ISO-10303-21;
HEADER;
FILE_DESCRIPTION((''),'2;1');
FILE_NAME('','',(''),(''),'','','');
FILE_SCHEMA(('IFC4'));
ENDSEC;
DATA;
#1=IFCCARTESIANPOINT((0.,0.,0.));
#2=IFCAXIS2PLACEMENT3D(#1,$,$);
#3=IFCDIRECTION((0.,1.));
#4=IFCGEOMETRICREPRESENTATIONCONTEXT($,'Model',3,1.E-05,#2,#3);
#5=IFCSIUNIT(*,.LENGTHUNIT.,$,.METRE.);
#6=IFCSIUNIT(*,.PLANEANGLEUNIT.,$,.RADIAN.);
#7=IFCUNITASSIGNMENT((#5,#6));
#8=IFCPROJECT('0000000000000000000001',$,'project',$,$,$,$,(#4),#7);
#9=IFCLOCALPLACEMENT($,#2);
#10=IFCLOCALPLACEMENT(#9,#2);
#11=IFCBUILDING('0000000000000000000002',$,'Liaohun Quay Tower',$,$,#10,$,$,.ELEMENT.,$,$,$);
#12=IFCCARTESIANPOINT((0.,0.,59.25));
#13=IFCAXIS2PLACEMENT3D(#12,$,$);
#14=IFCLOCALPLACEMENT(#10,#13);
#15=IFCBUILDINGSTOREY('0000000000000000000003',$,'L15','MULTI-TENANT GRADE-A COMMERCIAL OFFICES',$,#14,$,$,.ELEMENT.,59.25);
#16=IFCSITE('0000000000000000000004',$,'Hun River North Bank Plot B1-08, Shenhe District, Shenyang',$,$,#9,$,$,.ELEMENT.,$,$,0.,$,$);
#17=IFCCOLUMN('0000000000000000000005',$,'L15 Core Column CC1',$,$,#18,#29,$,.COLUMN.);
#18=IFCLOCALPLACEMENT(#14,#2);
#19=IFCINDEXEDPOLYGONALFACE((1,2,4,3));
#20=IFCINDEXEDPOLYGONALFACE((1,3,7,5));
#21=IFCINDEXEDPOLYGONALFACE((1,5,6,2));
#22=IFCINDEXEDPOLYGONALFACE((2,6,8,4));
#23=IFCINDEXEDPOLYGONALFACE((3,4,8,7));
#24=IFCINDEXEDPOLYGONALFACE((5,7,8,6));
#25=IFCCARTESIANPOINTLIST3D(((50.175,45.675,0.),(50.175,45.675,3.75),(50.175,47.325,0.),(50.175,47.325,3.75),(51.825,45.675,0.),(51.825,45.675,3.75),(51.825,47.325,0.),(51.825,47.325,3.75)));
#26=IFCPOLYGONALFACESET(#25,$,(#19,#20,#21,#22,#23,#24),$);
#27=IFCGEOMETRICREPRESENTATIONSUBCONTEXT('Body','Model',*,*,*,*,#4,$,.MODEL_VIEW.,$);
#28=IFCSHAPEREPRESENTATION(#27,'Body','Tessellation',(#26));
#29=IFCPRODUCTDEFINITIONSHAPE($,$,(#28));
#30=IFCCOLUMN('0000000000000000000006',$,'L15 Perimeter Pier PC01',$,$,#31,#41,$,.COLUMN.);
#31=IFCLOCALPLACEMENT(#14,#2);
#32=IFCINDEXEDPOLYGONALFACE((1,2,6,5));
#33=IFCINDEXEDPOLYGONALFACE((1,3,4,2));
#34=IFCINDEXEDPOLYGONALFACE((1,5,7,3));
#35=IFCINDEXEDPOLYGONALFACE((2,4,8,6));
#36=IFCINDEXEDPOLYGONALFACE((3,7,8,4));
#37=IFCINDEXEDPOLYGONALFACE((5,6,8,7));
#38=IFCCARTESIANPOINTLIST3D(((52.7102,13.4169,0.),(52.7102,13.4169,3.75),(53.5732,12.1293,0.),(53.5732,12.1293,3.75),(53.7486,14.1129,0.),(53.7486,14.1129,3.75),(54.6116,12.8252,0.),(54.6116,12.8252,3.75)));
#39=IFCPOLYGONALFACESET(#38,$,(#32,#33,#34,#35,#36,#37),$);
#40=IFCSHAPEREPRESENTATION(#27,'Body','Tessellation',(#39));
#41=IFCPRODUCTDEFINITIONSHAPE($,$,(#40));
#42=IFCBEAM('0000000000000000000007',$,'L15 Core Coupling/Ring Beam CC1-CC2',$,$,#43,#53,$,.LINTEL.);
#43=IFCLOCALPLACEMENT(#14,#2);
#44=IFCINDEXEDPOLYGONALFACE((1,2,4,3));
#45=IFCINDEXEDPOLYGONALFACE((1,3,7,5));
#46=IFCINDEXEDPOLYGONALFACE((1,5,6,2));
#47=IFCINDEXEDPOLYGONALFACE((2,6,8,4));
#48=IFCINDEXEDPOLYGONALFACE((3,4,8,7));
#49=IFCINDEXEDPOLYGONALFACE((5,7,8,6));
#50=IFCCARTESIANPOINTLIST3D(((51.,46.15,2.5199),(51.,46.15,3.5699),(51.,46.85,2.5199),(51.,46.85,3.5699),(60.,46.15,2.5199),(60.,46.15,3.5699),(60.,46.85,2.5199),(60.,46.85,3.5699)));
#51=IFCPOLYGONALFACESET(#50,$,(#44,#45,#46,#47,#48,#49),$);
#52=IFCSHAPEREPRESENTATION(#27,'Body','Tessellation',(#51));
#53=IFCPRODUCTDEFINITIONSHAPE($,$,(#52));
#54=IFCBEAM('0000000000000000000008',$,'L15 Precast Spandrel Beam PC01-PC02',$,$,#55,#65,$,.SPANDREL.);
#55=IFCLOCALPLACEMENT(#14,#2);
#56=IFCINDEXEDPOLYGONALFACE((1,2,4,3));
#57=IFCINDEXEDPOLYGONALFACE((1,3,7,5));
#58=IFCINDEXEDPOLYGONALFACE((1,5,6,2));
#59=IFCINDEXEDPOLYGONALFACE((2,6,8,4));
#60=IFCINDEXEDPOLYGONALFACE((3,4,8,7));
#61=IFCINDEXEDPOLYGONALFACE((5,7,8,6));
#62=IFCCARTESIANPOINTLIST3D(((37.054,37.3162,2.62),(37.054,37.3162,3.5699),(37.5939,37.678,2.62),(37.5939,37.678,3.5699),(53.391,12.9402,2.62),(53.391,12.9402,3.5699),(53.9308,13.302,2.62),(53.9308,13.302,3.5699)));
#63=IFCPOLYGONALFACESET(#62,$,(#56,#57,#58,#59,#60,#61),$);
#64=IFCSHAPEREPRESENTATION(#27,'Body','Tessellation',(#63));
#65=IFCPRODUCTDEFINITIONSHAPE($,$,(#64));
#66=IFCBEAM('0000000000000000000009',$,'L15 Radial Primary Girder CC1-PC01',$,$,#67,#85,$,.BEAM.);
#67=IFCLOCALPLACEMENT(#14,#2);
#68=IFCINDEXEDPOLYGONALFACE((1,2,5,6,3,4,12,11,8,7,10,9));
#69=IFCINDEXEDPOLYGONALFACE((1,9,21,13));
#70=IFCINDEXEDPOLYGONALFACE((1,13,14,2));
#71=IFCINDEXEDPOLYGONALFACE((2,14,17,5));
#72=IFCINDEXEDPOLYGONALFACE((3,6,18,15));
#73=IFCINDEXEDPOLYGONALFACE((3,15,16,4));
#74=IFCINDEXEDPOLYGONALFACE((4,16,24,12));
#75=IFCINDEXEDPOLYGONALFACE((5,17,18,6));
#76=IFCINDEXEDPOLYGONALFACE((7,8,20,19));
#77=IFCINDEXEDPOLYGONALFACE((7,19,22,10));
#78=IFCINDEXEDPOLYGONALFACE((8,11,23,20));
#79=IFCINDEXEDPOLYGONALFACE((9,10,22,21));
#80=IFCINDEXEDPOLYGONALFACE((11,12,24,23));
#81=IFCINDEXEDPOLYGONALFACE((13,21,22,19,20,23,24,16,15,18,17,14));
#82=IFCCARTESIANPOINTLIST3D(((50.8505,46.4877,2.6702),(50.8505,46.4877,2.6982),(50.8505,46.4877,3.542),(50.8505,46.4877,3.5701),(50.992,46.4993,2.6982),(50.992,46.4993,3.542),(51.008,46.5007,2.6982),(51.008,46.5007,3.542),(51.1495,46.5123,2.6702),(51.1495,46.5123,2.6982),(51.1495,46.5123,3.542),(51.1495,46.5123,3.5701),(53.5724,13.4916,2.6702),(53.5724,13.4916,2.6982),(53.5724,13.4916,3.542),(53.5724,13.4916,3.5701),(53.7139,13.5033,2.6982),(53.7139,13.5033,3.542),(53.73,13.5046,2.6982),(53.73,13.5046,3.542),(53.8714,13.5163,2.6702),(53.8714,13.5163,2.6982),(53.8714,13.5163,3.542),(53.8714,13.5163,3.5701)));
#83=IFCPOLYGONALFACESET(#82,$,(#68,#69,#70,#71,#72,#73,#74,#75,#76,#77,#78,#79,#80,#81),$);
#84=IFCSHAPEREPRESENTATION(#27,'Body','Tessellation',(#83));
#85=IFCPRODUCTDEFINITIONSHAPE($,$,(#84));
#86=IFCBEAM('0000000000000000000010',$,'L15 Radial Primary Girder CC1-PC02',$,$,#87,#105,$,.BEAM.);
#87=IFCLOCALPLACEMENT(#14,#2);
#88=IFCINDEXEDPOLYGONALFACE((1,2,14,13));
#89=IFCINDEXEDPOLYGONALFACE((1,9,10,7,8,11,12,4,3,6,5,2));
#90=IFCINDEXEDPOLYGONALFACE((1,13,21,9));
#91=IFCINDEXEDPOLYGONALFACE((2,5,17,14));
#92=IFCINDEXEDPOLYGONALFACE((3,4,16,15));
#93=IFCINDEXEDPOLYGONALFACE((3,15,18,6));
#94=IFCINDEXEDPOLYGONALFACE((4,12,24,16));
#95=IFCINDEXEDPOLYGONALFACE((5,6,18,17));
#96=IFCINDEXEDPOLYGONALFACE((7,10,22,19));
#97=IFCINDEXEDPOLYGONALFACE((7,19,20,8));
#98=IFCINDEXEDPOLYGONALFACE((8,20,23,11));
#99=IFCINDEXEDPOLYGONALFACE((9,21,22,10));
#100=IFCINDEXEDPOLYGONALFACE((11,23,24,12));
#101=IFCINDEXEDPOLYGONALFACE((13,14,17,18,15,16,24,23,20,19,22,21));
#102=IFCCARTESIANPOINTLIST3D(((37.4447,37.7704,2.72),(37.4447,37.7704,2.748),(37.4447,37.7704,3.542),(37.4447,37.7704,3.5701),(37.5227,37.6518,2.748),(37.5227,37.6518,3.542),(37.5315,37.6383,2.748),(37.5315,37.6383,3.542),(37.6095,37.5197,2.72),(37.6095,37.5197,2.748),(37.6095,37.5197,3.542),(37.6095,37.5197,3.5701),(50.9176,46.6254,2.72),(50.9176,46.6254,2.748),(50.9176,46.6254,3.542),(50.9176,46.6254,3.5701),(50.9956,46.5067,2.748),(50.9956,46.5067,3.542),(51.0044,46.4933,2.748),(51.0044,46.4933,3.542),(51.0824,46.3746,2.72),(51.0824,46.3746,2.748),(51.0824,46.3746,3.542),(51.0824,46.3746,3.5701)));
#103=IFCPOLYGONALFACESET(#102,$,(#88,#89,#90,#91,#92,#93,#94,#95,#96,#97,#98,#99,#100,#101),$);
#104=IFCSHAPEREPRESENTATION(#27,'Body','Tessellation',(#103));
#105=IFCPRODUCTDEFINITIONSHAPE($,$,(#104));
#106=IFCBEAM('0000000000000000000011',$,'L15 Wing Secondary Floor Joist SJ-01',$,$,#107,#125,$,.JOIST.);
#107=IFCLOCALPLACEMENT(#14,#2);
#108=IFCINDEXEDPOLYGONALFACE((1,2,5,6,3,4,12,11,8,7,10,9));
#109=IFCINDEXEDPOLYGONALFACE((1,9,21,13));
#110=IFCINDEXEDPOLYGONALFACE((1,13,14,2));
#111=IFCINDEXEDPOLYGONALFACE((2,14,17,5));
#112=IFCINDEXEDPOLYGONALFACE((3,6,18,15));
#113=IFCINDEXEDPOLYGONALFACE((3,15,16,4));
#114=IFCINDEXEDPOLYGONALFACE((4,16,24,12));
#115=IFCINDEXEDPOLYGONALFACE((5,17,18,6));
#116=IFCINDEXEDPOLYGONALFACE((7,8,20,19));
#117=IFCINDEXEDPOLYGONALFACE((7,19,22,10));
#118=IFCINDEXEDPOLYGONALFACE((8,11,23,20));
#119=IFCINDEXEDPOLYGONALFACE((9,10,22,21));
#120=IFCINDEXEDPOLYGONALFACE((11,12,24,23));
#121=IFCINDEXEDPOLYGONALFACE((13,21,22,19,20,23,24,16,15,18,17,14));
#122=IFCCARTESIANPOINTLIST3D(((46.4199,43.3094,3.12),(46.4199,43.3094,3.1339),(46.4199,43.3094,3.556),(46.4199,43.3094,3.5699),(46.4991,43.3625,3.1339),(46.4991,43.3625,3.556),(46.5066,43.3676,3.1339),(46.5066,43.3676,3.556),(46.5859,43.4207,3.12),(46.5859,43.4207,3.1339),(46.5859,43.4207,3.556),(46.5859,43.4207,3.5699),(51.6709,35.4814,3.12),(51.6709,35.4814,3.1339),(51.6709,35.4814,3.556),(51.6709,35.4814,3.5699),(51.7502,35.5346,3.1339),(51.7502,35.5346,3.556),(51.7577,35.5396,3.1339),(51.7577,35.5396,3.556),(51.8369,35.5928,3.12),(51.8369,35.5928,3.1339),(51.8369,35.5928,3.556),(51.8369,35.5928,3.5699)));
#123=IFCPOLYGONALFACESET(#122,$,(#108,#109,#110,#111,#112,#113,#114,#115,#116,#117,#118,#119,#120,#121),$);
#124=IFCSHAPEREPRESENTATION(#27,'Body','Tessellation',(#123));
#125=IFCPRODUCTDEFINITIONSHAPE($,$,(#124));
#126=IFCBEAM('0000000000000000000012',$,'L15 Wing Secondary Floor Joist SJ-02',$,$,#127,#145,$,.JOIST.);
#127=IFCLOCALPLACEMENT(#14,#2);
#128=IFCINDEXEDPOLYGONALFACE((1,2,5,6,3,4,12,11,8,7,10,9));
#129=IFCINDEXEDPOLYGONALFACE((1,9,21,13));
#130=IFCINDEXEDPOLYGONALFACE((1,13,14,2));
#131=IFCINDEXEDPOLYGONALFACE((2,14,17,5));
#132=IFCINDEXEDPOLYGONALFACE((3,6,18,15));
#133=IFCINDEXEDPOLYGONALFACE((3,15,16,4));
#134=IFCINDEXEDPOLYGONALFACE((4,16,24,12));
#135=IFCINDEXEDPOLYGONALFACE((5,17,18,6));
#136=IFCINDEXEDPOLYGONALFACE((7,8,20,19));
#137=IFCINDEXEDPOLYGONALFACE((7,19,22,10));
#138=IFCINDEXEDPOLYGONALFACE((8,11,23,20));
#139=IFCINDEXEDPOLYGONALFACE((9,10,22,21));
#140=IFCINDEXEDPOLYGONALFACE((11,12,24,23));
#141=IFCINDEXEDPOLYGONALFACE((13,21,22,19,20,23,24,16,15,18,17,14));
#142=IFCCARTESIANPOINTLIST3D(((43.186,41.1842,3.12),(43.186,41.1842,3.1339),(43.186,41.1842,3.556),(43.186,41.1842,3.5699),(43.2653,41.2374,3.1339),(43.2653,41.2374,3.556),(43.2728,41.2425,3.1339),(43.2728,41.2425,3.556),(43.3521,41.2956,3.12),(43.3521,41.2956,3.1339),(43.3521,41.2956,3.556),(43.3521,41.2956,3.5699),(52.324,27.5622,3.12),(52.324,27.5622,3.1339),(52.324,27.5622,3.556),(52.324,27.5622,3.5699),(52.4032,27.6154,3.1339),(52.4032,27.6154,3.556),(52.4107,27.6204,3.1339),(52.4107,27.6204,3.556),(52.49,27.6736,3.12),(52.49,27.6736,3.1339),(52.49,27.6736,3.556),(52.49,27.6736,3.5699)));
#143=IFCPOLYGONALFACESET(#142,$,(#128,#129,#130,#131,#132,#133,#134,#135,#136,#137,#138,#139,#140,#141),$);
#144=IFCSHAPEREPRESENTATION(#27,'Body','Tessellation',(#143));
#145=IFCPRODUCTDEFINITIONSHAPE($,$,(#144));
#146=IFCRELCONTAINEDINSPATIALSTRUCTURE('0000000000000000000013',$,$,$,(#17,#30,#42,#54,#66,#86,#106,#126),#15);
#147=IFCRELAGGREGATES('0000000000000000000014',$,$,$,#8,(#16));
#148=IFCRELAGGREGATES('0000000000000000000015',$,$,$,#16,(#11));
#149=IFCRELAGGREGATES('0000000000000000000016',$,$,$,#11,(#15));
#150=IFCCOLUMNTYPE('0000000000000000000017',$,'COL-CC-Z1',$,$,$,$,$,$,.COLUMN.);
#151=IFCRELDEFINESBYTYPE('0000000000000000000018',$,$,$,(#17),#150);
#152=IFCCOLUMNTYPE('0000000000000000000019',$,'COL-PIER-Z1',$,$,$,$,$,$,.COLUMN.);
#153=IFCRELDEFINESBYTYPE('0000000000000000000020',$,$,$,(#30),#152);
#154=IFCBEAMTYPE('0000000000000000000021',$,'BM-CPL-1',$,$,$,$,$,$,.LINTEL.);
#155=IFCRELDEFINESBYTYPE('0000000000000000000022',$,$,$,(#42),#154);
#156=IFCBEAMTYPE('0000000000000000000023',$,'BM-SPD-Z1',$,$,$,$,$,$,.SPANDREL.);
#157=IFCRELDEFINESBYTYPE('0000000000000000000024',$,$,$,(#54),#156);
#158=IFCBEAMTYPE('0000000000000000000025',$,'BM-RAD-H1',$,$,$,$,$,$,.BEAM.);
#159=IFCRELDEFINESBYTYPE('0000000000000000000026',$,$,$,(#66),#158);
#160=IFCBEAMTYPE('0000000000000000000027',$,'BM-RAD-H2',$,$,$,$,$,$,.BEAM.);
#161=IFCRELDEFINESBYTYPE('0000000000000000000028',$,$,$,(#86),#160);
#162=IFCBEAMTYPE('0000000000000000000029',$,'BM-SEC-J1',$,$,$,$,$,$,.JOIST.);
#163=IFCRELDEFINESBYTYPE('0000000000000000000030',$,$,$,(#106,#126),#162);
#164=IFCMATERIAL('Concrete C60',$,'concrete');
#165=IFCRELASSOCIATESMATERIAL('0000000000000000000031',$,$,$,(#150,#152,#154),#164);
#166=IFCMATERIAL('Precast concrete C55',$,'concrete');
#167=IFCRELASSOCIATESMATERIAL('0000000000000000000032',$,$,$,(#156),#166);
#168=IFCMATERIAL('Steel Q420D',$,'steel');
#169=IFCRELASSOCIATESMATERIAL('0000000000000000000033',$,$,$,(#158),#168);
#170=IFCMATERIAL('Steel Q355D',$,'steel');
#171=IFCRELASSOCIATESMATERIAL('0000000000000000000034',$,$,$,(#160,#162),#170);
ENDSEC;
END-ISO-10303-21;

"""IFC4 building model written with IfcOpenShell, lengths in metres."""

from ifc_helpers import new_model, si_unit, direction, frame, origin, origin_2d, place, context, subcontext, project, spatial, rectangle, i_section, extrude, source, transform, mapped, material, material_profile, profile_set, type_object, element, save


model = new_model("IFC4")

# Units and contexts
model_context = context("Model", 3, precision=1e-05, world=origin(), true_north=direction((0.0, 1.0)))
body_context = subcontext(model_context, "Body", "Model", "MODEL_VIEW")
ifc_project = project(units=[si_unit("LENGTHUNIT", "METRE"), si_unit("PLANEANGLEUNIT", "RADIAN")], contexts=[model_context])

# Site, building, storey
site_placement = place(None, origin())
site = spatial("IfcSite", under=ifc_project, at=site_placement, Name="Hun River North Bank Plot B1-08, Shenhe District, Shenyang", CompositionType="ELEMENT", RefElevation=0.0)
building_placement = place(site_placement, origin())
building = spatial("IfcBuilding", under=site, at=building_placement, Name="Liaohun Quay Tower", CompositionType="ELEMENT")
storey_placement = place(building_placement, frame((0.0, 0.0, 59.25)))
storey = spatial("IfcBuildingStorey", under=building, at=storey_placement, Name="L15", Description="MULTI-TENANT GRADE-A COMMERCIAL OFFICES", CompositionType="ELEMENT", Elevation=59.25)

# Columns
ifc_material_1 = material(Name="Concrete C60", Category="concrete")
ifc_material_profile_1 = material_profile(ifc_material_1, rectangle(XDim=1.6499, YDim=1.6499, at=origin_2d()), Name="RC1650x1650")
ifc_profile_set_1 = profile_set([ifc_material_profile_1], Name="Concrete C60")
column_type_1 = type_object("IfcColumnType", Name="COL-CC-Z1", PredefinedType="COLUMN", material=ifc_profile_set_1)
shared_shape_1 = source(origin(), body_context, "Body", "SweptSolid", [
    extrude(rectangle(XDim=1.6499, YDim=1.6499, at=origin_2d()), origin(), (0.0, 0.0, 1.0), 3.75),
])
column_1_placement = place(storey_placement, frame((51.0, 46.5, 0.0), z_axis=(0.0, 0.0, 1.0), x_axis=(1.0, 0.0, 0.0)))
element("IfcColumn", 1, at=column_1_placement, inside=storey, type_object=column_type_1, Name="L15 Core Column CC1", PredefinedType="COLUMN", context=body_context, shape_type="MappedRepresentation", body=[
    mapped(shared_shape_1, transform((0.0, 0.0, 0.0), x_axis=(1.0, 0.0, 0.0), y_axis=(0.0, 1.0, 0.0), z_axis=(0.0, 0.0, 1.0), scale=1.0)),
])
ifc_material_profile_2 = material_profile(ifc_material_1, rectangle(XDim=1.55, YDim=1.25, at=origin_2d()), Name="RC1550x1250")
ifc_profile_set_2 = profile_set([ifc_material_profile_2], Name="Concrete C60")
column_type_2 = type_object("IfcColumnType", Name="COL-PIER-Z1", PredefinedType="COLUMN", material=ifc_profile_set_2)
shared_shape_2 = source(origin(), body_context, "Body", "SweptSolid", [
    extrude(rectangle(XDim=1.55, YDim=1.25, at=origin_2d()), origin(), (0.0, 0.0, 1.0), 3.75),
])
column_2_placement = place(storey_placement, frame((53.6609, 13.1211, 0.0), z_axis=(0.0, 0.0, 1.0), x_axis=(-0.556731, 0.830693, 0.0)))
element("IfcColumn", 2, at=column_2_placement, inside=storey, type_object=column_type_2, Name="L15 Perimeter Pier PC01", PredefinedType="COLUMN", context=body_context, shape_type="MappedRepresentation", body=[
    mapped(shared_shape_2, transform((0.0, 0.0, 0.0), x_axis=(1.0, 0.0, 0.0), y_axis=(0.0, 1.0, 0.0), z_axis=(0.0, 0.0, 1.0), scale=1.0)),
])

# Beams
ifc_material_profile_3 = material_profile(ifc_material_1, rectangle(XDim=0.7, YDim=1.05, at=origin_2d()), Name="RC700x1050")
ifc_profile_set_3 = profile_set([ifc_material_profile_3], Name="Concrete C60")
beam_type_1 = type_object("IfcBeamType", Name="BM-CPL-1", PredefinedType="LINTEL", material=ifc_profile_set_3)
shared_shape_3 = source(origin(), body_context, "Body", "SweptSolid", [
    extrude(rectangle(XDim=0.7, YDim=1.05, at=origin_2d()), origin(), (0.0, 0.0, 1.0), 9.0),
])
beam_1_placement = place(storey_placement, frame((51.0, 46.5, 3.0449), z_axis=(1.0, 0.0, 0.0), x_axis=(0.0, 1.0, 0.0)))
element("IfcBeam", 3, at=beam_1_placement, inside=storey, type_object=beam_type_1, Name="L15 Core Coupling/Ring Beam CC1-CC2", PredefinedType="LINTEL", context=body_context, shape_type="MappedRepresentation", body=[
    mapped(shared_shape_3, transform((0.0, 0.0, 0.0), x_axis=(1.0, 0.0, 0.0), y_axis=(0.0, 1.0, 0.0), z_axis=(0.0, 0.0, 1.0), scale=1.0)),
])
ifc_material_2 = material(Name="Precast concrete C55", Category="concrete")
ifc_material_profile_4 = material_profile(ifc_material_2, rectangle(XDim=0.6499, YDim=0.95, at=origin_2d()), Name="RC650x950")
ifc_profile_set_4 = profile_set([ifc_material_profile_4], Name="Precast concrete C55")
beam_type_2 = type_object("IfcBeamType", Name="BM-SPD-Z1", PredefinedType="SPANDREL", material=ifc_profile_set_4)
shared_shape_4 = source(origin(), body_context, "Body", "SweptSolid", [
    extrude(rectangle(XDim=0.6499, YDim=0.95, at=origin_2d()), origin(), (0.0, 0.0, 1.0), 29.3442),
])
beam_2_placement = place(storey_placement, frame((53.6609, 13.1211, 3.095), z_axis=(-0.556734, 0.830691, 0.0), x_axis=(-0.830691, -0.556734, 0.0)))
element("IfcBeam", 4, at=beam_2_placement, inside=storey, type_object=beam_type_2, Name="L15 Precast Spandrel Beam PC01-PC02", PredefinedType="SPANDREL", context=body_context, shape_type="MappedRepresentation", body=[
    mapped(shared_shape_4, transform((0.0, 0.0, 0.0), x_axis=(1.0, 0.0, 0.0), y_axis=(0.0, 1.0, 0.0), z_axis=(0.0, 0.0, 1.0), scale=1.0)),
])
ifc_material_3 = material(Name="Steel Q420D", Category="steel")
ifc_material_profile_5 = material_profile(ifc_material_3, i_section(OverallWidth=0.3, OverallDepth=0.8999, WebThickness=0.0161, FlangeThickness=0.0281, at=origin_2d()), Name="HN900x300x16x28")
ifc_profile_set_5 = profile_set([ifc_material_profile_5], Name="Steel Q420D")
beam_type_3 = type_object("IfcBeamType", Name="BM-RAD-H1", PredefinedType="BEAM", material=ifc_profile_set_5)
shared_shape_5 = source(origin(), body_context, "Body", "SweptSolid", [
    extrude(i_section(OverallWidth=0.3, OverallDepth=0.8999, WebThickness=0.0161, FlangeThickness=0.0281, at=origin_2d()), origin(), (0.0, 0.0, 1.0), 33.1082),
])
beam_3_placement = place(storey_placement, frame((51.0, 46.5, 3.1201), z_axis=(0.082213, -0.996615, 0.0), x_axis=(0.996615, 0.082213, 0.0)))
element("IfcBeam", 5, at=beam_3_placement, inside=storey, type_object=beam_type_3, Name="L15 Radial Primary Girder CC1-PC01", PredefinedType="BEAM", context=body_context, shape_type="MappedRepresentation", body=[
    mapped(shared_shape_5, transform((0.0, 0.0, 0.0), x_axis=(1.0, 0.0, 0.0), y_axis=(0.0, 1.0, 0.0), z_axis=(0.0, 0.0, 1.0), scale=1.0)),
])
ifc_material_4 = material(Name="Steel Q355D", Category="steel")
ifc_material_profile_6 = material_profile(ifc_material_4, i_section(OverallWidth=0.3, OverallDepth=0.8501, WebThickness=0.0161, FlangeThickness=0.0281, at=origin_2d()), Name="HN850x300x16x28")
ifc_profile_set_6 = profile_set([ifc_material_profile_6], Name="Steel Q355D")
beam_type_4 = type_object("IfcBeamType", Name="BM-RAD-H2", PredefinedType="BEAM", material=ifc_profile_set_6)
shared_shape_6 = source(origin(), body_context, "Body", "SweptSolid", [
    extrude(i_section(OverallWidth=0.3, OverallDepth=0.8501, WebThickness=0.0161, FlangeThickness=0.0281, at=origin_2d()), origin(), (0.0, 0.0, 1.0), 16.1223),
])
beam_4_placement = place(storey_placement, frame((51.0, 46.5, 3.145), z_axis=(-0.835667, -0.549237, 0.0), x_axis=(0.549237, -0.835667, 0.0)))
element("IfcBeam", 6, at=beam_4_placement, inside=storey, type_object=beam_type_4, Name="L15 Radial Primary Girder CC1-PC02", PredefinedType="BEAM", context=body_context, shape_type="MappedRepresentation", body=[
    mapped(shared_shape_6, transform((0.0, 0.0, 0.0), x_axis=(1.0, 0.0, 0.0), y_axis=(0.0, 1.0, 0.0), z_axis=(0.0, 0.0, 1.0), scale=1.0)),
])
ifc_material_profile_7 = material_profile(ifc_material_4, i_section(OverallWidth=0.2, OverallDepth=0.45, WebThickness=0.009, FlangeThickness=0.0139, at=origin_2d()), Name="HN450x200x9x14")
ifc_profile_set_7 = profile_set([ifc_material_profile_7], Name="Steel Q355D")
beam_type_5 = type_object("IfcBeamType", Name="BM-SEC-J1", PredefinedType="JOIST", material=ifc_profile_set_7)
shared_shape_7 = source(origin(), body_context, "Body", "SweptSolid", [
    extrude(i_section(OverallWidth=0.2, OverallDepth=0.45, WebThickness=0.009, FlangeThickness=0.0139, at=origin_2d()), origin(), (0.0, 0.0, 1.0), 9.426),
])
beam_5_placement = place(storey_placement, frame((51.7539, 35.5371, 3.345), z_axis=(-0.557077, 0.830461, 0.0), x_axis=(-0.830461, -0.557077, 0.0)))
element("IfcBeam", 7, at=beam_5_placement, inside=storey, type_object=beam_type_5, Name="L15 Wing Secondary Floor Joist SJ-01", PredefinedType="JOIST", context=body_context, shape_type="MappedRepresentation", body=[
    mapped(shared_shape_7, transform((0.0, 0.0, 0.0), x_axis=(1.0, 0.0, 0.0), y_axis=(0.0, 1.0, 0.0), z_axis=(0.0, 0.0, 1.0), scale=1.0)),
])
shared_shape_8 = source(origin(), body_context, "Body", "SweptSolid", [
    extrude(i_section(OverallWidth=0.2, OverallDepth=0.45, WebThickness=0.009, FlangeThickness=0.0139, at=origin_2d()), origin(), (0.0, 0.0, 1.0), 16.4031),
])
beam_6_placement = place(storey_placement, frame((52.407, 27.6179, 3.345), z_axis=(-0.557085, 0.830455, 0.0), x_axis=(-0.830455, -0.557085, 0.0)))
element("IfcBeam", 8, at=beam_6_placement, inside=storey, type_object=beam_type_5, Name="L15 Wing Secondary Floor Joist SJ-02", PredefinedType="JOIST", context=body_context, shape_type="MappedRepresentation", body=[
    mapped(shared_shape_8, transform((0.0, 0.0, 0.0), x_axis=(1.0, 0.0, 0.0), y_axis=(0.0, 1.0, 0.0), z_axis=(0.0, 0.0, 1.0), scale=1.0)),
])

save(model, "model.ifc")
